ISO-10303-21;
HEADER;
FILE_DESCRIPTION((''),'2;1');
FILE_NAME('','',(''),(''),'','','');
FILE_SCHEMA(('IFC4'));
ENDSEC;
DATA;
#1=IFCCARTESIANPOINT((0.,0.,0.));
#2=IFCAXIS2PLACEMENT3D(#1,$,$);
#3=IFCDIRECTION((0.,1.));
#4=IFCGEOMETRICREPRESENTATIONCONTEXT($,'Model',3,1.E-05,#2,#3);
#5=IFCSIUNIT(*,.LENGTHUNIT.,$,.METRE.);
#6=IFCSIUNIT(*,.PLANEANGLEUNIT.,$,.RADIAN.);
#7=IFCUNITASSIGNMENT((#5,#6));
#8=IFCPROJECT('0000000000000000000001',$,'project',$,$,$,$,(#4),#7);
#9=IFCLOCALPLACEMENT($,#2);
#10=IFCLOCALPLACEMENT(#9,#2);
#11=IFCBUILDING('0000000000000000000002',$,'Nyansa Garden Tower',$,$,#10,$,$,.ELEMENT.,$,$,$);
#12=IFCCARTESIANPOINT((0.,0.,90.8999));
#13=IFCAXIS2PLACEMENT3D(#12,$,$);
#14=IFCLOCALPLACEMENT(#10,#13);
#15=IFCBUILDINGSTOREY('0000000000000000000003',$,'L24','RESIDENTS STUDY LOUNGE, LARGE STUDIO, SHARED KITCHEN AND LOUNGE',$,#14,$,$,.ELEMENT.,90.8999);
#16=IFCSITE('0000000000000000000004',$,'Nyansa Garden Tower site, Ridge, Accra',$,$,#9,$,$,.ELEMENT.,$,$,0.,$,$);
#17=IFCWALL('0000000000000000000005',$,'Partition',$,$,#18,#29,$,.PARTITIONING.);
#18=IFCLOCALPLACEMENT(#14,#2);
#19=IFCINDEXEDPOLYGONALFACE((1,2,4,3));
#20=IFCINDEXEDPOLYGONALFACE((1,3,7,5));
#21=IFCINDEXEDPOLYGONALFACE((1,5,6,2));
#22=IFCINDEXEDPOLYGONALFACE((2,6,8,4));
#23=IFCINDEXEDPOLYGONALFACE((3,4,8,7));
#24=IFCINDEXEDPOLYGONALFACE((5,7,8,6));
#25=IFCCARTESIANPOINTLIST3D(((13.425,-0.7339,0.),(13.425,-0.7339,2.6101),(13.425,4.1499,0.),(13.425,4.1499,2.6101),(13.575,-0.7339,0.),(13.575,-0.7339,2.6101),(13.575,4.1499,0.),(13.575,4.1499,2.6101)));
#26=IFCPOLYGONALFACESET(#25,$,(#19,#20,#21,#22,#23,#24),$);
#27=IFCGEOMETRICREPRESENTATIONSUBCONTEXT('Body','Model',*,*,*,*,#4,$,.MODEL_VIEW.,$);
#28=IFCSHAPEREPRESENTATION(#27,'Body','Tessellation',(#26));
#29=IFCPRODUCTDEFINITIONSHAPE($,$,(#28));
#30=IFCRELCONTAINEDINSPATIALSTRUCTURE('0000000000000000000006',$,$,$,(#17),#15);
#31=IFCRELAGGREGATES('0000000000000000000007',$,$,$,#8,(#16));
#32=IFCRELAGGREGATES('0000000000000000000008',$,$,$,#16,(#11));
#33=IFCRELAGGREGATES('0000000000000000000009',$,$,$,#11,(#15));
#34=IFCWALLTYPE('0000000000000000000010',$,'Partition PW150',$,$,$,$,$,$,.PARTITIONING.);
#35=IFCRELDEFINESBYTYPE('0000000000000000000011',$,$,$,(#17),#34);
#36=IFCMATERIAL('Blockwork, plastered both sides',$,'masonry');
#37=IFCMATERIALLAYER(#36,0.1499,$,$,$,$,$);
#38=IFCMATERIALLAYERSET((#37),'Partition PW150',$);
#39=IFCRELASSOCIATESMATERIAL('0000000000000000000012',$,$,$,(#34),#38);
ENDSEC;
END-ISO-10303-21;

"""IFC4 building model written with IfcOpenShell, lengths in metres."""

from ifc_helpers import new_model, si_unit, direction, frame, frame_2d, origin, place, context, subcontext, project, spatial, rectangle, extrude, material, layer, layer_set, type_object, element, save


model = new_model("IFC4")

# Units and contexts
model_context = context("Model", 3, precision=1e-05, world=origin(), true_north=direction((0.0, 1.0)))
body_context = subcontext(model_context, "Body", "Model", "MODEL_VIEW")
ifc_project = project(units=[si_unit("LENGTHUNIT", "METRE"), si_unit("PLANEANGLEUNIT", "RADIAN")], contexts=[model_context])

# Site, building, storey
site_placement = place(None, origin())
site = spatial("IfcSite", under=ifc_project, at=site_placement, Name="Nyansa Garden Tower site, Ridge, Accra", CompositionType="ELEMENT", RefElevation=0.0)
building_placement = place(site_placement, origin())
building = spatial("IfcBuilding", under=site, at=building_placement, Name="Nyansa Garden Tower", CompositionType="ELEMENT")
storey_placement = place(building_placement, frame((0.0, 0.0, 90.8999)))
storey = spatial("IfcBuildingStorey", under=building, at=storey_placement, Name="L24", Description="RESIDENTS STUDY LOUNGE, LARGE STUDIO, SHARED KITCHEN AND LOUNGE", CompositionType="ELEMENT", Elevation=90.8999)

# Wall
ifc_material_1 = material(Name="Blockwork, plastered both sides", Category="masonry")
ifc_layer_1 = layer(ifc_material_1, 0.1499)
ifc_layer_set_1 = layer_set([ifc_layer_1], Name="Partition PW150")
wall_type_1 = type_object("IfcWallType", Name="Partition PW150", PredefinedType="PARTITIONING", material=ifc_layer_set_1)
wall_1_placement = place(storey_placement, frame((13.5, -0.7339, 0.0), z_axis=(0.0, 0.0, 1.0), x_axis=(0.0, 1.0, 0.0)))
element("IfcWall", 1, at=wall_1_placement, inside=storey, type_object=wall_type_1, Name="Partition", PredefinedType="PARTITIONING", context=body_context, shape_type="SweptSolid", body=[
    extrude(rectangle(XDim=4.8838, YDim=0.1499, at=frame_2d((2.4419, 0.0))), origin(), (0.0, 0.0, 1.0), 2.6101),
])

save(model, "model.ifc")
